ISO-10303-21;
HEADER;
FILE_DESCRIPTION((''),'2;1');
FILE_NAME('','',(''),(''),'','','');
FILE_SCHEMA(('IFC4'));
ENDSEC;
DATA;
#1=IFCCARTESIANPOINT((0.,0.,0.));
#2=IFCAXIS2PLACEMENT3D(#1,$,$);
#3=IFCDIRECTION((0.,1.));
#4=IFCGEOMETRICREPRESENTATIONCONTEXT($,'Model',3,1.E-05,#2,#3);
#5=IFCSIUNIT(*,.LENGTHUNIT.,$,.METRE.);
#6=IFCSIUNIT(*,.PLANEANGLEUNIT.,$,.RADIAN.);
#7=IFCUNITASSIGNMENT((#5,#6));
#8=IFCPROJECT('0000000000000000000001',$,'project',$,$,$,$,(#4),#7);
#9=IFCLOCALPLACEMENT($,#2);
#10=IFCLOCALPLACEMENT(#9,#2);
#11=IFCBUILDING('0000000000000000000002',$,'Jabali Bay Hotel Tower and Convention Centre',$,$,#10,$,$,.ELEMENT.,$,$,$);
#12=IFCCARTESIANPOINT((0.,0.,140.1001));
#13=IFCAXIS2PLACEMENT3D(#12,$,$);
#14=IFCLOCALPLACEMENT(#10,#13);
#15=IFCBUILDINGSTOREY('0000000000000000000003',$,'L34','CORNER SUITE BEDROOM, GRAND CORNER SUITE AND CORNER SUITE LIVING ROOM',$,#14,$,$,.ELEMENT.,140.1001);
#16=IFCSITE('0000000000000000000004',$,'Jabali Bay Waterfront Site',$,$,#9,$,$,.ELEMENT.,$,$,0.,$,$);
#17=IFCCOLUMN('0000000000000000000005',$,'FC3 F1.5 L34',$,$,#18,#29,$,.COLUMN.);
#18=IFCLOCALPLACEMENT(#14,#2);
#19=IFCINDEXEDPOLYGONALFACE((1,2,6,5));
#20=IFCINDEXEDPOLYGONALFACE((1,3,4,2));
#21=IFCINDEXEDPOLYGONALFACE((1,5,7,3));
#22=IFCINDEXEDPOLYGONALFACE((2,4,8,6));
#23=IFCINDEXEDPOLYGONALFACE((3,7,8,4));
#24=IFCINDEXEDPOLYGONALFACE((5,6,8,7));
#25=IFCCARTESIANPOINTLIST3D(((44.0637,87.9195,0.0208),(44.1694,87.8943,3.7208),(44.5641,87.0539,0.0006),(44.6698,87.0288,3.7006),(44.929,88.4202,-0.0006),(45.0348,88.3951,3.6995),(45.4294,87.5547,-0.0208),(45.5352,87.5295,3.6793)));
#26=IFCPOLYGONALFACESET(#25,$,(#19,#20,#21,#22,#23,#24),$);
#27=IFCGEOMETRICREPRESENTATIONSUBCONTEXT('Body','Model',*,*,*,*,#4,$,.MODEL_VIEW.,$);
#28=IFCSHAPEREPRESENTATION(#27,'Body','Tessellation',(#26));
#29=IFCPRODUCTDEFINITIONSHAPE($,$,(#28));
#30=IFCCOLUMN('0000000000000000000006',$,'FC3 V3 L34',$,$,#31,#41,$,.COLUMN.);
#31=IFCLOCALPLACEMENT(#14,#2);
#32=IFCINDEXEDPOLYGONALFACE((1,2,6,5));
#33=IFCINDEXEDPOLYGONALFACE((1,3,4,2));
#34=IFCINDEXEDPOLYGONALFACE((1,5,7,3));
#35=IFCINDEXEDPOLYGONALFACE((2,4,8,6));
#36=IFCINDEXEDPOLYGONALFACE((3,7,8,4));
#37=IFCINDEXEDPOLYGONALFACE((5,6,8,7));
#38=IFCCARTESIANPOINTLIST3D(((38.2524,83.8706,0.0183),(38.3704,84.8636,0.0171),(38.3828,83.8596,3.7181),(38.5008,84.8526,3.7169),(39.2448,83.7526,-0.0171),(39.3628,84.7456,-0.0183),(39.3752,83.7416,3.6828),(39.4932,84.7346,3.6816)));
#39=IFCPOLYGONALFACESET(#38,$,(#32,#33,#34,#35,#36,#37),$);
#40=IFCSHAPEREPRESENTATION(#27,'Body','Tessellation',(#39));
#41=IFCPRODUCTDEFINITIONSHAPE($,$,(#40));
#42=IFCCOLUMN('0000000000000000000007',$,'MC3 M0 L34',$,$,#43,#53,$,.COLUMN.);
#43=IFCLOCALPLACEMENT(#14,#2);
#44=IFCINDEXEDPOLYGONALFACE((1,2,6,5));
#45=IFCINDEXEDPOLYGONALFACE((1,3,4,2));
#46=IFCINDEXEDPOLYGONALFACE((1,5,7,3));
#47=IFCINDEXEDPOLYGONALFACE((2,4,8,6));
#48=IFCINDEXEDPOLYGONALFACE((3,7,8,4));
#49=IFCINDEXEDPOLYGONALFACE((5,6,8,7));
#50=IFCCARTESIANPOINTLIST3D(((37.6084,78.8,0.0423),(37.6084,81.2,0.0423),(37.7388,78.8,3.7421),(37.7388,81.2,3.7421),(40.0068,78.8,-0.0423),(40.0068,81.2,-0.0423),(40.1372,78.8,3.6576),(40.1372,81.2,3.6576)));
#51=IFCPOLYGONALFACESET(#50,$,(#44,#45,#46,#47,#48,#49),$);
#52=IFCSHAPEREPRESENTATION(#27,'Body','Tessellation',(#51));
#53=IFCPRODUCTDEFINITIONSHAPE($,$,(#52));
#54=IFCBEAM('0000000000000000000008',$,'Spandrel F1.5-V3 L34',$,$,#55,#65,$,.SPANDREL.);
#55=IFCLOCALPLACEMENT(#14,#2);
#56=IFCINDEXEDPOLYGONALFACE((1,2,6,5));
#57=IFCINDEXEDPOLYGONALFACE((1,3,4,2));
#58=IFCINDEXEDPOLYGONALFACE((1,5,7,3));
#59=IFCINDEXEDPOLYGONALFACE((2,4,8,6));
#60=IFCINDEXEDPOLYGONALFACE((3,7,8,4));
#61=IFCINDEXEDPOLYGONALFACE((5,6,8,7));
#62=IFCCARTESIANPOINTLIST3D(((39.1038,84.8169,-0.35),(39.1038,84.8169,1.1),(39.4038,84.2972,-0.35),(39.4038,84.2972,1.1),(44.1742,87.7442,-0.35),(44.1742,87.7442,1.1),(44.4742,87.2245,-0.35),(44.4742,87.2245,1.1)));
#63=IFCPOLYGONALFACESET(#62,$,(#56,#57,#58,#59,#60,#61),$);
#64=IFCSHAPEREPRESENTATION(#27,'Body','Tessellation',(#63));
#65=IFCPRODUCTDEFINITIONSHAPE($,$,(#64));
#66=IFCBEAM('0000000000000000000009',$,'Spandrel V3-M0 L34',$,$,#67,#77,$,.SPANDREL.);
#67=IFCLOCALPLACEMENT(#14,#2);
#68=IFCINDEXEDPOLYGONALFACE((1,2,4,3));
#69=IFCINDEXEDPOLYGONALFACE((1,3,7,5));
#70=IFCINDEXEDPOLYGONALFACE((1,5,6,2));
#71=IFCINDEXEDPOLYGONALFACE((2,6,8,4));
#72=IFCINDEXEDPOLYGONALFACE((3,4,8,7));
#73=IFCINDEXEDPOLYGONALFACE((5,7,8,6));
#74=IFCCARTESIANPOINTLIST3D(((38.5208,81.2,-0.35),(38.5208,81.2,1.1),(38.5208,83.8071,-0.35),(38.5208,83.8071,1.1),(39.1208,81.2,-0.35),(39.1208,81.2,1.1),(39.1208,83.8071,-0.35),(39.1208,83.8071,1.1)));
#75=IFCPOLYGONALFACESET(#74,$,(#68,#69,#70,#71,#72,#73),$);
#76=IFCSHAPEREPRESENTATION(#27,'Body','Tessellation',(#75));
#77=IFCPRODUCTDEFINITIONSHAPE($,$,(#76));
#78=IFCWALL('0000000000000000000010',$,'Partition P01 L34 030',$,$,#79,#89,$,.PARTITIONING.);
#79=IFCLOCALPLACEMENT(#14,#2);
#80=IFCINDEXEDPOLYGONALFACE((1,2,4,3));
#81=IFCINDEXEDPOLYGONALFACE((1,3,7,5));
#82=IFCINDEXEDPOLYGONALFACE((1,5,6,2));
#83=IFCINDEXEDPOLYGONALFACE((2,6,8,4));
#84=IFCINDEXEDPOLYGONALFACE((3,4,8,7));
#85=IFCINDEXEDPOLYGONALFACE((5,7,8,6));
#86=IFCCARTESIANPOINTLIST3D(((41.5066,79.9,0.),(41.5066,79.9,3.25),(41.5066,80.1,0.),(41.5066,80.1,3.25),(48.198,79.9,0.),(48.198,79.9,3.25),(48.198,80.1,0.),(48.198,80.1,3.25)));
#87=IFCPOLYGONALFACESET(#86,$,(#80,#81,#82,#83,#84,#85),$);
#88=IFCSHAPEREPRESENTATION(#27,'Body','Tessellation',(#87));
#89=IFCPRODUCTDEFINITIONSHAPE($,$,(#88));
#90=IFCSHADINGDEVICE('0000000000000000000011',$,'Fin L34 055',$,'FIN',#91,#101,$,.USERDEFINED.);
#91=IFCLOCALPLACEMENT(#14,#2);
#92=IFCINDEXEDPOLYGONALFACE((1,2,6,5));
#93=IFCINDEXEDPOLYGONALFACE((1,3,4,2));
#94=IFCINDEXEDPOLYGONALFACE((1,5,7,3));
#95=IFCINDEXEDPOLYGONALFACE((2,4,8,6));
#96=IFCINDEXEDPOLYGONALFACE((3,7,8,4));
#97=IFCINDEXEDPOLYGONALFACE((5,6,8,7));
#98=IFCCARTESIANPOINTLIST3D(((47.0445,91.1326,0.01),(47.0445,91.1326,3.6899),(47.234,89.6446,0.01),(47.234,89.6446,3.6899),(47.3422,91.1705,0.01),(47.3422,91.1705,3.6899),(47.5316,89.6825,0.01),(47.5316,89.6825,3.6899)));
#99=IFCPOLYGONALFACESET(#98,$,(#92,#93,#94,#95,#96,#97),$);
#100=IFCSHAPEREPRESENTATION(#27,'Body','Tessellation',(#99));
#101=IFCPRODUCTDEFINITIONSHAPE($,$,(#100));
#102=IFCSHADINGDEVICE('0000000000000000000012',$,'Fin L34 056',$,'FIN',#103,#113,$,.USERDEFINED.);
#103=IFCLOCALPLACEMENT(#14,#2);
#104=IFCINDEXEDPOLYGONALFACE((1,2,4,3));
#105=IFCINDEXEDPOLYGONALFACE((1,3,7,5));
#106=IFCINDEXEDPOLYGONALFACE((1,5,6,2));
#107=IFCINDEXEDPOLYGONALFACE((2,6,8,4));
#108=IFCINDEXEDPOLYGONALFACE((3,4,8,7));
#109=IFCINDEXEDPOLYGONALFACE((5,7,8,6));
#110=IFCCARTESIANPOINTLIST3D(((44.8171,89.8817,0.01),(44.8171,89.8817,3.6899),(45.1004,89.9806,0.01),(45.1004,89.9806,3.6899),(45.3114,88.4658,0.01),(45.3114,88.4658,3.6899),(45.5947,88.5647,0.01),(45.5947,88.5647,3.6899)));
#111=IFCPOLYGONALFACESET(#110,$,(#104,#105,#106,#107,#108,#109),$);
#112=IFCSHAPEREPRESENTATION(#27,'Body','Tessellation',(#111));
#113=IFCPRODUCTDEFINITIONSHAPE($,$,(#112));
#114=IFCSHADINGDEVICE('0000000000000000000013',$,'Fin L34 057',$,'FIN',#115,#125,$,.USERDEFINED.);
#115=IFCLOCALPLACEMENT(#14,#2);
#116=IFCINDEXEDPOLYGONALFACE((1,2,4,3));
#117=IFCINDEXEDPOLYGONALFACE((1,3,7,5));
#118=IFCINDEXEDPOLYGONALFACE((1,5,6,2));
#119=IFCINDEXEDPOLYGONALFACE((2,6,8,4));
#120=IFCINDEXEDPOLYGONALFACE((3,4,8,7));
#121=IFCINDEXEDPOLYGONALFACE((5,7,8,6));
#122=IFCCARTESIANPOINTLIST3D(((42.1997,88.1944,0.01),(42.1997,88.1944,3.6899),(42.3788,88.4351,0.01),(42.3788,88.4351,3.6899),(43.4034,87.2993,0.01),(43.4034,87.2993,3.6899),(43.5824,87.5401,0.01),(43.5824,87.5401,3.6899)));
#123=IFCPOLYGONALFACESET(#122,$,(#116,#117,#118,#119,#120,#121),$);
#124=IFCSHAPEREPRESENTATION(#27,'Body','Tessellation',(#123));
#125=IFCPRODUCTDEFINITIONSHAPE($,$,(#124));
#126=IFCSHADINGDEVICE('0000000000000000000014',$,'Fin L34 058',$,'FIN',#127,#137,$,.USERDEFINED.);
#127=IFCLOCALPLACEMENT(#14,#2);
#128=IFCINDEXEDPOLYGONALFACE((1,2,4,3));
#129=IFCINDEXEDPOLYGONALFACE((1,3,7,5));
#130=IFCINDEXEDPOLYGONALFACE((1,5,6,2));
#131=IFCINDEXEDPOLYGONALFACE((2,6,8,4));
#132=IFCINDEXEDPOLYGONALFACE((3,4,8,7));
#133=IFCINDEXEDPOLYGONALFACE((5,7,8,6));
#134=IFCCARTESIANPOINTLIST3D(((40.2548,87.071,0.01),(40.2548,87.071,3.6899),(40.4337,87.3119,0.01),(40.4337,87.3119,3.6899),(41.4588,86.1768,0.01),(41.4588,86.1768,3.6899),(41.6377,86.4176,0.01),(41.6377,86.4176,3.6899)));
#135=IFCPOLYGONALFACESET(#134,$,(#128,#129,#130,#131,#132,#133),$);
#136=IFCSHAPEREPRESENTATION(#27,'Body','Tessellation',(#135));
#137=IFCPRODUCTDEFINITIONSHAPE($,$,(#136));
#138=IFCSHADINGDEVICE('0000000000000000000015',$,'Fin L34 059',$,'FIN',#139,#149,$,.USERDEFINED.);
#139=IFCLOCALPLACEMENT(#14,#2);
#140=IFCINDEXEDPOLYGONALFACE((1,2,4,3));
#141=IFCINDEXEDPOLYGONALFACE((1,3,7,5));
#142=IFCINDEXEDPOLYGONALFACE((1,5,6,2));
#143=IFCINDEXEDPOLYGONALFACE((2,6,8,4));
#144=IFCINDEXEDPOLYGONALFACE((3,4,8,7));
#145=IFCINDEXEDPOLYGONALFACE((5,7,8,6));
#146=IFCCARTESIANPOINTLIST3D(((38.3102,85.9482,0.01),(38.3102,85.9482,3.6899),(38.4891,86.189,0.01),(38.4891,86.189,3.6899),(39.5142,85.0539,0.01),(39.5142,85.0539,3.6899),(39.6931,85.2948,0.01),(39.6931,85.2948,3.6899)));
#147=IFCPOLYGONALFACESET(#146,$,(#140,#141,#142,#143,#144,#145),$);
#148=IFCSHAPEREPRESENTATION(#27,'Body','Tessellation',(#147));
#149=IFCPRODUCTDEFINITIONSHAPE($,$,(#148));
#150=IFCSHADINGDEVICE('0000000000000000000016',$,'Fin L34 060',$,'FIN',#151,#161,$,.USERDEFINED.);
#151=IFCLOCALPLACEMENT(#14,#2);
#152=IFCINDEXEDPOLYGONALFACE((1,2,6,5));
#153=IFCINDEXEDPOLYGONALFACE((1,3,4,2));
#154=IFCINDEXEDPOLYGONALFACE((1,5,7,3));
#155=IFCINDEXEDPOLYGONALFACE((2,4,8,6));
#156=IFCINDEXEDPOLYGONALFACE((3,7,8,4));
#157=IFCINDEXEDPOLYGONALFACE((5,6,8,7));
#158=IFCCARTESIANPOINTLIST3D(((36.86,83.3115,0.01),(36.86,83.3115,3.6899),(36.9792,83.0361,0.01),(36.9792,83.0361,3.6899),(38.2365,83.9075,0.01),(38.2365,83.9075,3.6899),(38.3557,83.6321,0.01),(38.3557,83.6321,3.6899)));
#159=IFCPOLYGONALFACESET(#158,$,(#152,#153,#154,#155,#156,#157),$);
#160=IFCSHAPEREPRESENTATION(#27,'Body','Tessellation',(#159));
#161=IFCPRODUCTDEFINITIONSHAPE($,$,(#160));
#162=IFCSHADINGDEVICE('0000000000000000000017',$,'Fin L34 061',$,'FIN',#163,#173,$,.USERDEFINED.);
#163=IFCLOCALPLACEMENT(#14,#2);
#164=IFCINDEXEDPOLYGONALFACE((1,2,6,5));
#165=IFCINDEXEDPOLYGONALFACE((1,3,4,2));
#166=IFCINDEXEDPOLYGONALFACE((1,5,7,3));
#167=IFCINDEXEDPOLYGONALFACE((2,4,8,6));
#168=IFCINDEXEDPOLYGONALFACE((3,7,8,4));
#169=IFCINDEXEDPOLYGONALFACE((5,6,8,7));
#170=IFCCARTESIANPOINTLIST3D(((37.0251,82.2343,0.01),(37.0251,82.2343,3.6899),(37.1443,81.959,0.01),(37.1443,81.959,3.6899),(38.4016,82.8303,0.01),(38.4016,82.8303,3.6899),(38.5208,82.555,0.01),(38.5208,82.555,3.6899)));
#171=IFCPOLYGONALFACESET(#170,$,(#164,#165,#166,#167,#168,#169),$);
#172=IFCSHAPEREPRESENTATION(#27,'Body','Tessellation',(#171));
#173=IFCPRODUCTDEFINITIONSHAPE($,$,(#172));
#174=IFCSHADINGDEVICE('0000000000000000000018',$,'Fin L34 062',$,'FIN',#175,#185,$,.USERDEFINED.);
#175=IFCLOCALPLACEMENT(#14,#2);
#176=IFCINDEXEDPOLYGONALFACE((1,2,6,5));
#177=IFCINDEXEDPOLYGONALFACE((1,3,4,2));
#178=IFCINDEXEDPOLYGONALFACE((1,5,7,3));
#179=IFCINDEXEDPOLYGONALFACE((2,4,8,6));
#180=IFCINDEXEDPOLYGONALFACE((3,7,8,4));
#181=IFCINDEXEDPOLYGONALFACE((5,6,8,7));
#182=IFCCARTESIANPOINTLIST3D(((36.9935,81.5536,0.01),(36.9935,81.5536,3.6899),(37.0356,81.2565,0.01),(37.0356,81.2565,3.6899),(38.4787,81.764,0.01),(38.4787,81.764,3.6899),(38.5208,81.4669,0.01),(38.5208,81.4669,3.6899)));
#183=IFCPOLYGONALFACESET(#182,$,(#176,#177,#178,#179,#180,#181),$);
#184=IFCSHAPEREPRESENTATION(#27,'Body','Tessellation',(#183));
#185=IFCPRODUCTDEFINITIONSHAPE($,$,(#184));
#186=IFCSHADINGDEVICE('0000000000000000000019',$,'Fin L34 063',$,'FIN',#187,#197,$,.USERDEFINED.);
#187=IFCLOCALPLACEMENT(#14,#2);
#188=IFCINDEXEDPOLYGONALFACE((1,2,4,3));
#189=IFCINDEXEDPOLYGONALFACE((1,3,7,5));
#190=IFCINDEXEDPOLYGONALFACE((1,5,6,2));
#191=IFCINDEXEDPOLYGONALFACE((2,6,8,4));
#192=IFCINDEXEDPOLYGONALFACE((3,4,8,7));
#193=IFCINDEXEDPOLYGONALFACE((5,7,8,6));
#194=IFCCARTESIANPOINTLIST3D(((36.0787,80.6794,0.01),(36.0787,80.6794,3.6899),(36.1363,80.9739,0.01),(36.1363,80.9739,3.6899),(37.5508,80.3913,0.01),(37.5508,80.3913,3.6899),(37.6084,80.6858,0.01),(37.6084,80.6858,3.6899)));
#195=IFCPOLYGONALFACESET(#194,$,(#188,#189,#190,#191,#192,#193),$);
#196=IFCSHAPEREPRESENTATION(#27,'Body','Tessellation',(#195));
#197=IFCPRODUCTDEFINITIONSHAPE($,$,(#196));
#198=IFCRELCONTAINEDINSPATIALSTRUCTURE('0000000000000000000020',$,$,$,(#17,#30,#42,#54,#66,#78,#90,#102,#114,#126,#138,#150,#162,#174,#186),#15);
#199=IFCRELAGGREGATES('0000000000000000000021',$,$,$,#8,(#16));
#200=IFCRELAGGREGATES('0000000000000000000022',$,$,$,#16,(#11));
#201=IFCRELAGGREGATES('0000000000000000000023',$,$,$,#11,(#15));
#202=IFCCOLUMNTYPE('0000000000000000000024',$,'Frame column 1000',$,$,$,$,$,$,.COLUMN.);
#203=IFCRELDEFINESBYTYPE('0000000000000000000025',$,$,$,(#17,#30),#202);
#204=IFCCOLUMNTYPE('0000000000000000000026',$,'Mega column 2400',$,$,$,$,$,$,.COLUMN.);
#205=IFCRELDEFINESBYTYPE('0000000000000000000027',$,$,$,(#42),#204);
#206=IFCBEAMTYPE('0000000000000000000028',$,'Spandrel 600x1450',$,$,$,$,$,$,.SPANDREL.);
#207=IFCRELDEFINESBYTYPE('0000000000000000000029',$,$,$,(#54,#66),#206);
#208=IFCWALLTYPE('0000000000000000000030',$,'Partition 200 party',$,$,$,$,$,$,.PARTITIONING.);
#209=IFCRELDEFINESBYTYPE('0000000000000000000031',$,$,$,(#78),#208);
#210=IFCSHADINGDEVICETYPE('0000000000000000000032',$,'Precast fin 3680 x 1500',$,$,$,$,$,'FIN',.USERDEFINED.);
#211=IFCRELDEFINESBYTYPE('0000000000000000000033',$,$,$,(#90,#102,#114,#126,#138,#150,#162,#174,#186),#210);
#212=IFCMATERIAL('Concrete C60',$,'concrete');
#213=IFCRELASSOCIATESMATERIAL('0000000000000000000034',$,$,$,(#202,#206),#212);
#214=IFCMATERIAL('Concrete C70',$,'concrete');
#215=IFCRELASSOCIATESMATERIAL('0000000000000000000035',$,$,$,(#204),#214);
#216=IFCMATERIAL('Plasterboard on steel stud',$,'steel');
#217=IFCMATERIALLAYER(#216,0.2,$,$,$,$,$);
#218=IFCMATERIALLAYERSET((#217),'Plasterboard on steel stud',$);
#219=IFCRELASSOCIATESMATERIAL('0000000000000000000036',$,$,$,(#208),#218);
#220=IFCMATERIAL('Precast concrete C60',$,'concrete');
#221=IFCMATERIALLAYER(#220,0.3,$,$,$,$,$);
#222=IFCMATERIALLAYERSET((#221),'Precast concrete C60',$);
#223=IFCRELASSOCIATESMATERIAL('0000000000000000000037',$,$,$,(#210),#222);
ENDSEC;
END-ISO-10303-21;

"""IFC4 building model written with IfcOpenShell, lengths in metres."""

from ifc_helpers import new_model, si_unit, direction, frame, frame_2d, origin, origin_2d, place, context, subcontext, project, spatial, rectangle, extrude, material, layer, layer_set, material_profile, profile_set, type_object, element, save


model = new_model("IFC4")

# Units and contexts
model_context = context("Model", 3, precision=1e-05, world=origin(), true_north=direction((0.0, 1.0)))
body_context = subcontext(model_context, "Body", "Model", "MODEL_VIEW")
ifc_project = project(units=[si_unit("LENGTHUNIT", "METRE"), si_unit("PLANEANGLEUNIT", "RADIAN")], contexts=[model_context])

# Site, building, storey
site_placement = place(None, origin())
site = spatial("IfcSite", under=ifc_project, at=site_placement, Name="Jabali Bay Waterfront Site", CompositionType="ELEMENT", RefElevation=0.0)
building_placement = place(site_placement, origin())
building = spatial("IfcBuilding", under=site, at=building_placement, Name="Jabali Bay Hotel Tower and Convention Centre", CompositionType="ELEMENT")
storey_placement = place(building_placement, frame((0.0, 0.0, 140.1001)))
storey = spatial("IfcBuildingStorey", under=building, at=storey_placement, Name="L34", Description="CORNER SUITE BEDROOM, GRAND CORNER SUITE AND CORNER SUITE LIVING ROOM", CompositionType="ELEMENT", Elevation=140.1001)

# Columns
ifc_material_1 = material(Name="Concrete C60", Category="concrete")
ifc_material_profile_1 = material_profile(ifc_material_1, rectangle(XDim=1.0, YDim=1.0, at=origin_2d()), Name="Frame column 1000")
ifc_profile_set_1 = profile_set([ifc_material_profile_1], Name="Concrete C60")
column_type_1 = type_object("IfcColumnType", Name="Frame column 1000", PredefinedType="COLUMN", material=ifc_profile_set_1)
column_1_placement = place(storey_placement, frame((44.7466, 87.7371, 0.0), z_axis=(0.028559, -0.006794, 0.999569), x_axis=(-0.500408, 0.865555, 0.02018)))
element("IfcColumn", 1, at=column_1_placement, inside=storey, type_object=column_type_1, Name="FC3 F1.5 L34", PredefinedType="COLUMN", context=body_context, shape_type="SweptSolid", body=[
    extrude(rectangle(XDim=1.0, YDim=1.0, at=origin_2d()), origin(), (0.0, 0.0, 1.0), 3.7017),
])
column_2_placement = place(storey_placement, frame((38.8076, 84.3081, 0.0), z_axis=(0.035214, -0.002967, 0.999375), x_axis=(-0.992386, 0.117994, 0.035318)))
element("IfcColumn", 2, at=column_2_placement, inside=storey, type_object=column_type_1, Name="FC3 V3 L34", PredefinedType="COLUMN", context=body_context, shape_type="SweptSolid", body=[
    extrude(rectangle(XDim=1.0, YDim=1.0, at=origin_2d()), origin(), (0.0, 0.0, 1.0), 3.7021),
])
ifc_material_2 = material(Name="Concrete C70", Category="concrete")
ifc_material_profile_2 = material_profile(ifc_material_2, rectangle(XDim=2.3999, YDim=2.3999, at=origin_2d()), Name="Mega column 2400")
ifc_profile_set_2 = profile_set([ifc_material_profile_2], Name="Concrete C70")
column_type_2 = type_object("IfcColumnType", Name="Mega column 2400", PredefinedType="COLUMN", material=ifc_profile_set_2)
column_3_placement = place(storey_placement, frame((38.8076, 80.0, 0.0), z_axis=(0.035214, 0.0, 0.99938), x_axis=(0.0, 1.0, 0.0)))
element("IfcColumn", 3, at=column_3_placement, inside=storey, type_object=column_type_2, Name="MC3 M0 L34", PredefinedType="COLUMN", context=body_context, shape_type="SweptSolid", body=[
    extrude(rectangle(XDim=2.3999, YDim=2.3999, at=origin_2d()), origin(), (0.0, 0.0, 1.0), 3.7021),
])

# Beams
ifc_material_profile_3 = material_profile(ifc_material_1, rectangle(XDim=0.6001, YDim=1.45, at=origin_2d()), Name="Spandrel 600x1450")
ifc_profile_set_3 = profile_set([ifc_material_profile_3], Name="Concrete C60")
beam_type = type_object("IfcBeamType", Name="Spandrel 600x1450", PredefinedType="SPANDREL", material=ifc_profile_set_3)
beam_1_placement = place(storey_placement, frame((44.3242, 87.4844, 0.375), z_axis=(-0.866033, -0.499987, 0.0), x_axis=(0.499987, -0.866033, 0.0)))
element("IfcBeam", 4, at=beam_1_placement, inside=storey, type_object=beam_type, Name="Spandrel F1.5-V3 L34", PredefinedType="SPANDREL", context=body_context, shape_type="SweptSolid", body=[
    extrude(rectangle(XDim=0.6001, YDim=1.45, at=origin_2d()), origin(), (0.0, 0.0, 1.0), 5.8547),
])
beam_2_placement = place(storey_placement, frame((38.8208, 83.8071, 0.375), z_axis=(0.0, -1.0, 0.0), x_axis=(1.0, 0.0, 0.0)))
element("IfcBeam", 5, at=beam_2_placement, inside=storey, type_object=beam_type, Name="Spandrel V3-M0 L34", PredefinedType="SPANDREL", context=body_context, shape_type="SweptSolid", body=[
    extrude(rectangle(XDim=0.6001, YDim=1.45, at=origin_2d()), origin(), (0.0, 0.0, 1.0), 2.6072),
])

# Wall
ifc_material_3 = material(Name="Plasterboard on steel stud", Category="steel")
ifc_layer_1 = layer(ifc_material_3, 0.2)
ifc_layer_set_1 = layer_set([ifc_layer_1], Name="Plasterboard on steel stud")
wall_type_1 = type_object("IfcWallType", Name="Partition 200 party", PredefinedType="PARTITIONING", material=ifc_layer_set_1)
wall_1_placement = place(storey_placement, frame((41.5066, 80.0, 0.0), z_axis=(0.0, 0.0, 1.0), x_axis=(1.0, 0.0, 0.0)))
element("IfcWall", 6, at=wall_1_placement, inside=storey, type_object=wall_type_1, Name="Partition P01 L34 030", PredefinedType="PARTITIONING", context=body_context, shape_type="SweptSolid", body=[
    extrude(rectangle(XDim=6.6914, YDim=0.2, at=frame_2d((3.3457, 0.0))), origin(), (0.0, 0.0, 1.0), 3.25),
])

# Shading devices
ifc_material_4 = material(Name="Precast concrete C60", Category="concrete")
ifc_layer_2 = layer(ifc_material_4, 0.3)
ifc_layer_set_2 = layer_set([ifc_layer_2], Name="Precast concrete C60")
shading_device_type = type_object("IfcShadingDeviceType", Name="Precast fin 3680 x 1500", ElementType="FIN", PredefinedType="USERDEFINED", material=ifc_layer_set_2)
shading_device_1_placement = place(storey_placement, frame((47.3828, 89.6636, 0.01), z_axis=(0.0, 0.0, 1.0), x_axis=(-0.126298, 0.991992, 0.0)))
element("IfcShadingDevice", 7, at=shading_device_1_placement, inside=storey, type_object=shading_device_type, Name="Fin L34 055", ObjectType="FIN", PredefinedType="USERDEFINED", context=body_context, shape_type="SweptSolid", body=[
    extrude(rectangle(XDim=1.5, YDim=0.3, at=frame_2d((0.75, 0.0))), origin(), (0.0, 0.0, 1.0), 3.6799),
])
shading_device_2_placement = place(storey_placement, frame((45.4531, 88.5151, 0.01), z_axis=(0.0, 0.0, 1.0), x_axis=(-0.329625, 0.944112, 0.0)))
element("IfcShadingDevice", 8, at=shading_device_2_placement, inside=storey, type_object=shading_device_type, Name="Fin L34 056", ObjectType="FIN", PredefinedType="USERDEFINED", context=body_context, shape_type="SweptSolid", body=[
    extrude(rectangle(XDim=1.4998, YDim=0.3, at=frame_2d((0.75, 0.0))), origin(), (0.0, 0.0, 1.0), 3.6799),
])
shading_device_3_placement = place(storey_placement, frame((43.4929, 87.4197, 0.01), z_axis=(0.0, 0.0, 1.0), x_axis=(-0.802454, 0.596714, 0.0)))
element("IfcShadingDevice", 9, at=shading_device_3_placement, inside=storey, type_object=shading_device_type, Name="Fin L34 057", ObjectType="FIN", PredefinedType="USERDEFINED", context=body_context, shape_type="SweptSolid", body=[
    extrude(rectangle(XDim=1.5, YDim=0.3, at=frame_2d((0.75, 0.0))), origin(), (0.0, 0.0, 1.0), 3.6799),
])
for number, where, z_axis, x_axis, name in (
    (10, (41.5483, 86.2971, 0.01), (0.0, 0.0, 1.0), (-0.802804, 0.596243, 0.0), "Fin L34 058"),
    (11, (39.6038, 85.1743, 0.01), (0.0, 0.0, 1.0), (-0.802804, 0.596243, 0.0), "Fin L34 059"),
):
    element("IfcShadingDevice", number, at=place(storey_placement, frame(where, z_axis=z_axis, x_axis=x_axis)), inside=storey, type_object=shading_device_type, Name=name, ObjectType="FIN", PredefinedType="USERDEFINED", context=body_context, shape_type="SweptSolid", body=[
        extrude(rectangle(XDim=1.4998, YDim=0.3, at=frame_2d((0.75, 0.0))), origin(), (0.0, 0.0, 1.0), 3.6799),
    ])
for number, where, z_axis, x_axis, name in (
    (12, (38.2961, 83.7698, 0.01), (0.0, 0.0, 1.0), (-0.917682, -0.397315, 0.0), "Fin L34 060"),
    (13, (38.4612, 82.6926, 0.01), (0.0, 0.0, 1.0), (-0.917682, -0.397315, 0.0), "Fin L34 061"),
    (14, (38.4998, 81.6155, 0.01), (0.0, 0.0, 1.0), (-0.990108, -0.140305, 0.0), "Fin L34 062"),
    (15, (37.5796, 80.5386, 0.01), (0.0, 0.0, 1.0), (-0.981386, 0.192046, 0.0), "Fin L34 063"),
):
    element("IfcShadingDevice", number, at=place(storey_placement, frame(where, z_axis=z_axis, x_axis=x_axis)), inside=storey, type_object=shading_device_type, Name=name, ObjectType="FIN", PredefinedType="USERDEFINED", context=body_context, shape_type="SweptSolid", body=[
        extrude(rectangle(XDim=1.5, YDim=0.3, at=frame_2d((0.75, 0.0))), origin(), (0.0, 0.0, 1.0), 3.6799),
    ])

save(model, "model.ifc")
